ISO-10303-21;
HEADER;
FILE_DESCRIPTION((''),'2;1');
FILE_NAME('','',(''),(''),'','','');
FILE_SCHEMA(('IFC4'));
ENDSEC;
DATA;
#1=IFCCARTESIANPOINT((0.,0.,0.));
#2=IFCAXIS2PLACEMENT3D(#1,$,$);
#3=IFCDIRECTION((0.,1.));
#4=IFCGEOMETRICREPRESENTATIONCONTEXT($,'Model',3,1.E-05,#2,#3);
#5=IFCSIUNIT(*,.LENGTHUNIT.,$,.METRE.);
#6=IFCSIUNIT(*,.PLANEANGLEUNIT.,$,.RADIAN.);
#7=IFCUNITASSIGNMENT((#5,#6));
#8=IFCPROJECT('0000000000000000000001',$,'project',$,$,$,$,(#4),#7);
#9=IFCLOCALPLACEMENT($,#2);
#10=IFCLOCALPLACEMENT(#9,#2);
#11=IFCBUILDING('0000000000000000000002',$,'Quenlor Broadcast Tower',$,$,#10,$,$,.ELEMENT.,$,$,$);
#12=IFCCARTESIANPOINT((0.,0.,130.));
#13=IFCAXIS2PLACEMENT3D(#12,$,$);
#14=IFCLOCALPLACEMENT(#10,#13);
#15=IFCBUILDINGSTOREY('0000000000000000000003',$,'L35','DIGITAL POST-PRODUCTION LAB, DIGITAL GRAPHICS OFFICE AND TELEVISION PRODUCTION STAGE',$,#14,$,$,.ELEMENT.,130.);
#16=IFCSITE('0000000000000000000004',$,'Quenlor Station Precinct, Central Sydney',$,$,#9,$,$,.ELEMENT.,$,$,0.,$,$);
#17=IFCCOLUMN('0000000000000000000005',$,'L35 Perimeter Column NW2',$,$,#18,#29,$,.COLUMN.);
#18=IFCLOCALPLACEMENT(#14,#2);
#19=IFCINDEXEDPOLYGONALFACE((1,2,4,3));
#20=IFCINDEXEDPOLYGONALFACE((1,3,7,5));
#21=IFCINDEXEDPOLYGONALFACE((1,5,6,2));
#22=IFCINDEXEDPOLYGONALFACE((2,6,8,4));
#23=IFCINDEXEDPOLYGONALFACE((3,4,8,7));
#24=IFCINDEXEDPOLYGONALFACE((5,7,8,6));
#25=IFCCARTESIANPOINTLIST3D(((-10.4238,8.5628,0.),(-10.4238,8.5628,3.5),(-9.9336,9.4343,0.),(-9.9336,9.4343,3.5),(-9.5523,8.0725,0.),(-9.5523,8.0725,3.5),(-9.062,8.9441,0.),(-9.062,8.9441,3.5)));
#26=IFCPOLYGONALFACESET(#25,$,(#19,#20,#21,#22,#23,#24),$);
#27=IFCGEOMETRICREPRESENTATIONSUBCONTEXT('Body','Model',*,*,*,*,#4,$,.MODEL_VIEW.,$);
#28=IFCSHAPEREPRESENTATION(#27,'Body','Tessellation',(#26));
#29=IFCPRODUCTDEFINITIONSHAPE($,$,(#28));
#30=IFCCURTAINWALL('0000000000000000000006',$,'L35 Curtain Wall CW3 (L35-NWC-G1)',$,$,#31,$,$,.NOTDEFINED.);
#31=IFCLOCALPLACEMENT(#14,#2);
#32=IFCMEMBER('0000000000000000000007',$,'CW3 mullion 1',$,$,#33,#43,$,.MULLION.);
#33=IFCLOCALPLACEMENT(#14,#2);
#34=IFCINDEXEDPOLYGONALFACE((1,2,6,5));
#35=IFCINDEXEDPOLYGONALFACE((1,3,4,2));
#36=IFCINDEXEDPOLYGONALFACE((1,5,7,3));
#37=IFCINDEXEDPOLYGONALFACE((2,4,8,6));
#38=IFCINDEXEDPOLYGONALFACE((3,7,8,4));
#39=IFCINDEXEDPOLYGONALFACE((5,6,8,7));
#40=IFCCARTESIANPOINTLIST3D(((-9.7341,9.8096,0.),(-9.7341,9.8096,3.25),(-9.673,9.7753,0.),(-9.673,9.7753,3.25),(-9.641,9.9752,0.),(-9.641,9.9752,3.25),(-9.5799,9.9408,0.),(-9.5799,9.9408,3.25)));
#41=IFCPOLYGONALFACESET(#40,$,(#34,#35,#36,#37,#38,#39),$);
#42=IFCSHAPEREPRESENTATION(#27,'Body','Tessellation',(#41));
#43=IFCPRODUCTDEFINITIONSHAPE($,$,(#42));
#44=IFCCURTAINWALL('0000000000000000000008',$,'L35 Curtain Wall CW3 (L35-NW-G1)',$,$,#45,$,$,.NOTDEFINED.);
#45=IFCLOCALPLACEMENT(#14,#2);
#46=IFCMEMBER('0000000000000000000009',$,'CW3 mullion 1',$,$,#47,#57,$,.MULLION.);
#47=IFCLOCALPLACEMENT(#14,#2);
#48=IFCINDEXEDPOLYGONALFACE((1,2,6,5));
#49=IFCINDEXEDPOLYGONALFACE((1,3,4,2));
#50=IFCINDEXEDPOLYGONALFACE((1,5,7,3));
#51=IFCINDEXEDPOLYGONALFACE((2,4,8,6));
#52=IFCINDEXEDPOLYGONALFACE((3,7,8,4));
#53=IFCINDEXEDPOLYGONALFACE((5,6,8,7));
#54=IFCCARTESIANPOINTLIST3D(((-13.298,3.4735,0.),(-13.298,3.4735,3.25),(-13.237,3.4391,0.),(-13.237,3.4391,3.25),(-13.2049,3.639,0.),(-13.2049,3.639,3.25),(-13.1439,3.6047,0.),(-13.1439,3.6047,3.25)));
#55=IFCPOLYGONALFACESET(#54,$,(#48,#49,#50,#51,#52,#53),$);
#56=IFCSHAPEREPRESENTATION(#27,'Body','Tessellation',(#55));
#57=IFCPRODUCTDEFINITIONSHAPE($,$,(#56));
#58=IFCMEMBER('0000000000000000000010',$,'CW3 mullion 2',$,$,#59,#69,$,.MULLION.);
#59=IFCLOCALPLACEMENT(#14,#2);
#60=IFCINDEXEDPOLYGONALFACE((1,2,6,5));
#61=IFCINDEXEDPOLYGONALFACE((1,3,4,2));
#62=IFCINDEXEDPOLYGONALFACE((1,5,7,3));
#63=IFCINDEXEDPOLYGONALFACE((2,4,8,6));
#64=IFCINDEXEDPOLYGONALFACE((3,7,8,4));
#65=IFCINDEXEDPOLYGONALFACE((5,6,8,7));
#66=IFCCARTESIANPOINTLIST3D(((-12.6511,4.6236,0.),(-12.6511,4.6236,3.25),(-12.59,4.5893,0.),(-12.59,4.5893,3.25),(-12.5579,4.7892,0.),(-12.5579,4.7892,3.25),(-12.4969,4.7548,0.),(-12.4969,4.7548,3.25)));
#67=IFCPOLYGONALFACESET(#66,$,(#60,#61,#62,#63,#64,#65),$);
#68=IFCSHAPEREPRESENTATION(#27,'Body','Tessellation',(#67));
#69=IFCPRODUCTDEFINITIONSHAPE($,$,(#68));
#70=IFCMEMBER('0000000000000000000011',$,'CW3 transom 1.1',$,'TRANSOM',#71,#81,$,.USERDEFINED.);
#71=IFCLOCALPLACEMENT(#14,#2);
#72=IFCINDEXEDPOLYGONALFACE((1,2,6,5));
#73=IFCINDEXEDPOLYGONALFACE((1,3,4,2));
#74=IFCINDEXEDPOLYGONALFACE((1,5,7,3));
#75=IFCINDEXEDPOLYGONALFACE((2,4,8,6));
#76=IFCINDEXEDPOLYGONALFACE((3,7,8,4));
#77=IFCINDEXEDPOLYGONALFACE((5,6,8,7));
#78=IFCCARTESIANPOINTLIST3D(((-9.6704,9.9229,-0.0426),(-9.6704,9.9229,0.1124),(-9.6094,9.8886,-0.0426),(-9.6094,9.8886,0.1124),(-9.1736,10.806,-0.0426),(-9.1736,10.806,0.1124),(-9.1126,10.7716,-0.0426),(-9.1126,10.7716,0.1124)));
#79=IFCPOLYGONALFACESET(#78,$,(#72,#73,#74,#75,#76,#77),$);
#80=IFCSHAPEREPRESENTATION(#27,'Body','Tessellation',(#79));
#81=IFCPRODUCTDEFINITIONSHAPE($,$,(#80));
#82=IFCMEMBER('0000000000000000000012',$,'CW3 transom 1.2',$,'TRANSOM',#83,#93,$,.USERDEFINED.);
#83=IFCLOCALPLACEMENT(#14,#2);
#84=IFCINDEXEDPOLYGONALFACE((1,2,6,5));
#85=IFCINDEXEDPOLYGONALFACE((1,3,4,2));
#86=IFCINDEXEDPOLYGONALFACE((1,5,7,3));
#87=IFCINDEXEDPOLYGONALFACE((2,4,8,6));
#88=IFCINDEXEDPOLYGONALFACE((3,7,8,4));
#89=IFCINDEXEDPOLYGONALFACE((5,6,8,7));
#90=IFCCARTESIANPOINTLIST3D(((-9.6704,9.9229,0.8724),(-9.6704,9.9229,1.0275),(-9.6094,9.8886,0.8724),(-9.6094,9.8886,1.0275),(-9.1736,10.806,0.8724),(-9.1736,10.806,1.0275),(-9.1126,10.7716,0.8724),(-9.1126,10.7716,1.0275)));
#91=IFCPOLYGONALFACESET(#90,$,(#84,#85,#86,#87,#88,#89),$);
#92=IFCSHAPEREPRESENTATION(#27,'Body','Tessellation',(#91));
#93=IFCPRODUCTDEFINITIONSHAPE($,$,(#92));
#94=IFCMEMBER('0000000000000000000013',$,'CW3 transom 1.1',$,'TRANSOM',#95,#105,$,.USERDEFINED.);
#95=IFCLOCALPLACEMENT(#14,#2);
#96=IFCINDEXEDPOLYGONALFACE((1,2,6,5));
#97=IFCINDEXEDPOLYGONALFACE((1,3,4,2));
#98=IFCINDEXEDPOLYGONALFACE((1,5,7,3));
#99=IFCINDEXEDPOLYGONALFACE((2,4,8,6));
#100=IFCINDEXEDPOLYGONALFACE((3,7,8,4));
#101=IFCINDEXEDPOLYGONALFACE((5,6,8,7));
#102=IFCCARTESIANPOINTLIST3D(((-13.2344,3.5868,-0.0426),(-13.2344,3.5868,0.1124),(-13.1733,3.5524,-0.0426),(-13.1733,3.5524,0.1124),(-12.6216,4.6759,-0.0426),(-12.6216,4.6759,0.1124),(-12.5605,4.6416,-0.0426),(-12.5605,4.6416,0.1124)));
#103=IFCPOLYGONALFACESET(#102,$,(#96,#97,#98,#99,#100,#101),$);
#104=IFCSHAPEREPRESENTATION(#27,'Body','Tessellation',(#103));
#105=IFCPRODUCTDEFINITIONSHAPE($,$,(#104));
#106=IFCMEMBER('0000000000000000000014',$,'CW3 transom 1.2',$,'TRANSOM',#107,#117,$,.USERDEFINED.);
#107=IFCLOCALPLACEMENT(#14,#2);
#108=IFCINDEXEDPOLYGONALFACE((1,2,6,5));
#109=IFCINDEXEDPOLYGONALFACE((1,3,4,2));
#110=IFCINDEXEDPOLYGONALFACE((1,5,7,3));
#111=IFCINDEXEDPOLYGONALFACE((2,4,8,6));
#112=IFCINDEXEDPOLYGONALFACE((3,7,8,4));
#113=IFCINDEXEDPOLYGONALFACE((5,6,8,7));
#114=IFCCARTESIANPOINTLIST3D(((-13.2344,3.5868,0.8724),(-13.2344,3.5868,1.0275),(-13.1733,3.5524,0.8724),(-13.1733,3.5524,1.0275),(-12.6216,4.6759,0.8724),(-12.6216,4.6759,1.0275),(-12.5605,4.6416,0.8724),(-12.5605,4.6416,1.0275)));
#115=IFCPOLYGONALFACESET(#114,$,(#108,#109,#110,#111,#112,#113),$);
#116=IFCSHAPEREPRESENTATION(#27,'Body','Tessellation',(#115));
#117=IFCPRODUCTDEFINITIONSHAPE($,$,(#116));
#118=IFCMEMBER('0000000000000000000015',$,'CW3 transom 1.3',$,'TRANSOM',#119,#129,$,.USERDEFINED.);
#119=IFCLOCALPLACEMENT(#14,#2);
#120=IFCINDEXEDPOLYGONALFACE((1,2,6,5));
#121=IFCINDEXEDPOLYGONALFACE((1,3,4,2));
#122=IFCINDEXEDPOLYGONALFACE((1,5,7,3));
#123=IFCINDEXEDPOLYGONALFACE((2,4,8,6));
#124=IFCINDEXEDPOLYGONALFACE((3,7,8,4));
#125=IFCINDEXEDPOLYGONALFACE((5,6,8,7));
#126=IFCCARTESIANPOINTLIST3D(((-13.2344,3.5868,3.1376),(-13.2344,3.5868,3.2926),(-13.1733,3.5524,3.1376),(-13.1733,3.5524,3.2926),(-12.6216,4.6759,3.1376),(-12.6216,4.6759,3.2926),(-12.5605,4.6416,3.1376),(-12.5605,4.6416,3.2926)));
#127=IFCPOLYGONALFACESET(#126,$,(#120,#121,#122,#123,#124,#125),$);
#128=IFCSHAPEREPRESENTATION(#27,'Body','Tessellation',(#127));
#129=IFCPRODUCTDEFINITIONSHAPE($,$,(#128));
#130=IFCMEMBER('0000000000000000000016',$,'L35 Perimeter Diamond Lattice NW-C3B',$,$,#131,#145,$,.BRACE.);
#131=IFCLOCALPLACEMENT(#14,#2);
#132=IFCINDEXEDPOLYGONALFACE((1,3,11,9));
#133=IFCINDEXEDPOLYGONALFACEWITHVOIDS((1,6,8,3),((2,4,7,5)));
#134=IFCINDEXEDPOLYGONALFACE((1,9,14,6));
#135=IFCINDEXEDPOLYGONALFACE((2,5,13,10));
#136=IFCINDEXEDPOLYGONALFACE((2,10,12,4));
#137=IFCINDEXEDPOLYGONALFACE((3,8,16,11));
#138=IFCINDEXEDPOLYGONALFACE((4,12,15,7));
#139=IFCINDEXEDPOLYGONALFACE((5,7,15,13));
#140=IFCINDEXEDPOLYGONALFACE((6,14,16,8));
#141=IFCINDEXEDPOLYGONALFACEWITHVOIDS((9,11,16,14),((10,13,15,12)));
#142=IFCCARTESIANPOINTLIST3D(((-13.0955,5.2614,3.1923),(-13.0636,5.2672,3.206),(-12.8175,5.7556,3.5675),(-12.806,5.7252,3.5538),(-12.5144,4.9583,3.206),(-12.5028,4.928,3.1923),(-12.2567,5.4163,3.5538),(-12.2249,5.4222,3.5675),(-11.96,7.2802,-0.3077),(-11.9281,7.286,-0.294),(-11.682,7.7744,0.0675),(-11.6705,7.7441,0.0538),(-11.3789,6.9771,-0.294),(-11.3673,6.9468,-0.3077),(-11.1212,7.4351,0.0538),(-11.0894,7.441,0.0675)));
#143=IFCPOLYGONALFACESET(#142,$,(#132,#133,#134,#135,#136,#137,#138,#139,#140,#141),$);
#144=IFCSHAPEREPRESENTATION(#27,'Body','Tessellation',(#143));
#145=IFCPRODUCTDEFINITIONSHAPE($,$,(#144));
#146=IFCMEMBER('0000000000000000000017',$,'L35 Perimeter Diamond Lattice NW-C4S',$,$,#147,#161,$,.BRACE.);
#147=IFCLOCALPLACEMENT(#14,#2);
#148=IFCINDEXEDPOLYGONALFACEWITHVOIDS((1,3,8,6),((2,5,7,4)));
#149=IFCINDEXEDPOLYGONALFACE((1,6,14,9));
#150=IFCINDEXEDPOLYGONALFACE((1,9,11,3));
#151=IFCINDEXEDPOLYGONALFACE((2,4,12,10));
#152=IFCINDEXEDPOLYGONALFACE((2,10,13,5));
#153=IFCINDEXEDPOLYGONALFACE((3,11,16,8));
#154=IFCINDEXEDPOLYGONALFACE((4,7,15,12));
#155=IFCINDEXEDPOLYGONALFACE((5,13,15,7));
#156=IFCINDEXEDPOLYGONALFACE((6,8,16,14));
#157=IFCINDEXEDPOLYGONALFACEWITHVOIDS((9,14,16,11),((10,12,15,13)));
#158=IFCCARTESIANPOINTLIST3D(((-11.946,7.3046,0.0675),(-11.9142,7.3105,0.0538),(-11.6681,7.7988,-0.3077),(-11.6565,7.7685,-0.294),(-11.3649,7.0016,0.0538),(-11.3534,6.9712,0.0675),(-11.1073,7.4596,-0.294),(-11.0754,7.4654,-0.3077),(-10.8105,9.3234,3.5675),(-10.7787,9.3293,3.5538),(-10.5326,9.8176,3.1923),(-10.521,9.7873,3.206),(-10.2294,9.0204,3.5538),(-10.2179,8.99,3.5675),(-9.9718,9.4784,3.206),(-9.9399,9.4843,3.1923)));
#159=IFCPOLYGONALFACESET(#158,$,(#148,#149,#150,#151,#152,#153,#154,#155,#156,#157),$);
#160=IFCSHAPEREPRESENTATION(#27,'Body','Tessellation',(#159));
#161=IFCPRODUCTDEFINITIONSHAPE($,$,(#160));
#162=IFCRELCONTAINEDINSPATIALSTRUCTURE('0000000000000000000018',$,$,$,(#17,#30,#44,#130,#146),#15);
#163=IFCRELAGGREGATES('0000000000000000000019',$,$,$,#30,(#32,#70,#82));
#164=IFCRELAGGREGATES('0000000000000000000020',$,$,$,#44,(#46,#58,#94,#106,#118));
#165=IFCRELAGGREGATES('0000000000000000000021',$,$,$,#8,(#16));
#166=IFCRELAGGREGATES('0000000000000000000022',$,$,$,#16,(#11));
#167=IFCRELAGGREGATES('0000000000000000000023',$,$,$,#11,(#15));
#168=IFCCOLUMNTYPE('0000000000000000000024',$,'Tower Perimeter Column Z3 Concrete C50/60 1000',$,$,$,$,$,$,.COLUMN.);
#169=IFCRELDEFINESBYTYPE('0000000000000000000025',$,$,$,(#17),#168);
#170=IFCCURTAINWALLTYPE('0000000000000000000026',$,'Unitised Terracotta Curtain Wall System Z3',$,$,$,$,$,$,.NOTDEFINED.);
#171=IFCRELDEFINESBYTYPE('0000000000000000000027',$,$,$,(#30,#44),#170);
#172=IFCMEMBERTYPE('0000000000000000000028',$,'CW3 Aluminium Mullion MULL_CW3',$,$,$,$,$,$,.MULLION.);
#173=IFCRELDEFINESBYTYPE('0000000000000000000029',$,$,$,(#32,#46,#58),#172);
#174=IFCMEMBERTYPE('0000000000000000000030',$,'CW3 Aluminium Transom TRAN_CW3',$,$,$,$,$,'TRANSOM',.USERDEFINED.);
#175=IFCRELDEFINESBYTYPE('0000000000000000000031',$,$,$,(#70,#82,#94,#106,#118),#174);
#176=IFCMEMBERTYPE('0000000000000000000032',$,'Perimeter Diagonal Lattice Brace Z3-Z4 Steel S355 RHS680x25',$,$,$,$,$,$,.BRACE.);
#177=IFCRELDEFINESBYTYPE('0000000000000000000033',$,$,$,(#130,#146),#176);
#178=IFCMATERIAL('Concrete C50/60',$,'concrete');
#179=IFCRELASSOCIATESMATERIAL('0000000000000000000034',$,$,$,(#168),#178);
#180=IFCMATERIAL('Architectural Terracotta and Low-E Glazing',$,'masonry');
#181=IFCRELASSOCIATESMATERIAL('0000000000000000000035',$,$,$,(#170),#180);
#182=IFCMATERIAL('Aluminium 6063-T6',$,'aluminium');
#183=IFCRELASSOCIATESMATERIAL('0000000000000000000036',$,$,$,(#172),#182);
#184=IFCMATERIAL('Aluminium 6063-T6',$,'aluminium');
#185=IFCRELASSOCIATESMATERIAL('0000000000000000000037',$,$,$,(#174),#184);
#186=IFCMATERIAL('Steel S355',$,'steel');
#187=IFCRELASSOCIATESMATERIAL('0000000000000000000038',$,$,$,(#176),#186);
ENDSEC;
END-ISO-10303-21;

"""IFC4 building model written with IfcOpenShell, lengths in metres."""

from ifc_helpers import new_model, si_unit, direction, frame, origin, origin_2d, place, context, subcontext, project, spatial, rectangle, hollow_rectangle, extrude, material, material_profile, profile_set, type_object, element, aggregate, save


model = new_model("IFC4")

# Units and contexts
model_context = context("Model", 3, precision=1e-05, world=origin(), true_north=direction((0.0, 1.0)))
body_context = subcontext(model_context, "Body", "Model", "MODEL_VIEW")
ifc_project = project(units=[si_unit("LENGTHUNIT", "METRE"), si_unit("PLANEANGLEUNIT", "RADIAN")], contexts=[model_context])

# Site, building, storey
site_placement = place(None, origin())
site = spatial("IfcSite", under=ifc_project, at=site_placement, Name="Quenlor Station Precinct, Central Sydney", CompositionType="ELEMENT", RefElevation=0.0)
building_placement = place(site_placement, origin())
building = spatial("IfcBuilding", under=site, at=building_placement, Name="Quenlor Broadcast Tower", CompositionType="ELEMENT")
storey_placement = place(building_placement, frame((0.0, 0.0, 130.0)))
storey = spatial("IfcBuildingStorey", under=building, at=storey_placement, Name="L35", Description="DIGITAL POST-PRODUCTION LAB, DIGITAL GRAPHICS OFFICE AND TELEVISION PRODUCTION STAGE", CompositionType="ELEMENT", Elevation=130.0)

# Column
ifc_material_1 = material(Name="Concrete C50/60", Category="concrete")
ifc_material_profile_1 = material_profile(ifc_material_1, rectangle(XDim=1.0, YDim=1.0, at=origin_2d()))
ifc_profile_set_1 = profile_set([ifc_material_profile_1], Name="Concrete C50/60 RC1000x1000")
column_type = type_object("IfcColumnType", Name="Tower Perimeter Column Z3 Concrete C50/60 1000", PredefinedType="COLUMN", material=ifc_profile_set_1)
column_placement = place(storey_placement, frame((-9.7429, 8.7534, 0.0), z_axis=(0.0, 0.0, 1.0), x_axis=(-0.871575, 0.490262, 0.0)))
element("IfcColumn", 1, at=column_placement, inside=storey, type_object=column_type, Name="L35 Perimeter Column NW2", PredefinedType="COLUMN", context=body_context, shape_type="SweptSolid", body=[
    extrude(rectangle(XDim=1.0, YDim=1.0, at=origin_2d()), origin(), (0.0, 0.0, 1.0), 3.5),
])

# Curtain wall, member
ifc_material_2 = material(Name="Architectural Terracotta and Low-E Glazing", Category="masonry")
curtain_wall_type = type_object("IfcCurtainWallType", Name="Unitised Terracotta Curtain Wall System Z3", PredefinedType="NOTDEFINED", material=ifc_material_2)
curtain_wall_1_placement = place(storey_placement, origin())
curtain_wall_1 = element("IfcCurtainWall", 2, at=curtain_wall_1_placement, inside=storey, type_object=curtain_wall_type, Name="L35 Curtain Wall CW3 (L35-NWC-G1)", PredefinedType="NOTDEFINED")
ifc_material_3 = material(Name="Aluminium 6063-T6", Category="aluminium")
ifc_material_profile_2 = material_profile(ifc_material_3, rectangle(XDim=0.0701, YDim=0.1899, at=origin_2d()))
ifc_profile_set_2 = profile_set([ifc_material_profile_2], Name="Aluminium 6063-T6 MULL70x190")
member_type_1 = type_object("IfcMemberType", Name="CW3 Aluminium Mullion MULL_CW3", PredefinedType="MULLION", material=ifc_profile_set_2)
member_1_placement = place(storey_placement, frame((-9.657, 9.8752, 0.0), z_axis=(0.0, 0.0, 1.0), x_axis=(-0.871601, 0.490216, 0.0)))
member_1 = element("IfcMember", 3, at=member_1_placement, type_object=member_type_1, Name="CW3 mullion 1", PredefinedType="MULLION", context=body_context, shape_type="SweptSolid", body=[
    extrude(rectangle(XDim=0.0701, YDim=0.1899, at=origin_2d()), origin(), (0.0, 0.0, 1.0), 3.25),
])

# Curtain wall, members
curtain_wall_2_placement = place(storey_placement, origin())
curtain_wall_2 = element("IfcCurtainWall", 4, at=curtain_wall_2_placement, inside=storey, type_object=curtain_wall_type, Name="L35 Curtain Wall CW3 (L35-NW-G1)", PredefinedType="NOTDEFINED")
member_2_placement = place(storey_placement, frame((-13.2209, 3.5391, 0.0), z_axis=(0.0, 0.0, 1.0), x_axis=(-0.871562, 0.490285, 0.0)))
member_2 = element("IfcMember", 5, at=member_2_placement, type_object=member_type_1, Name="CW3 mullion 1", PredefinedType="MULLION", context=body_context, shape_type="SweptSolid", body=[
    extrude(rectangle(XDim=0.0701, YDim=0.1899, at=origin_2d()), origin(), (0.0, 0.0, 1.0), 3.25),
])
member_3_placement = place(storey_placement, frame((-12.574, 4.6892, 0.0), z_axis=(0.0, 0.0, 1.0), x_axis=(-0.871562, 0.490285, 0.0)))
member_3 = element("IfcMember", 6, at=member_3_placement, type_object=member_type_1, Name="CW3 mullion 2", PredefinedType="MULLION", context=body_context, shape_type="SweptSolid", body=[
    extrude(rectangle(XDim=0.0701, YDim=0.1899, at=origin_2d()), origin(), (0.0, 0.0, 1.0), 3.25),
])

# Members
ifc_material_4 = material(Name="Aluminium 6063-T6", Category="aluminium")
ifc_material_profile_3 = material_profile(ifc_material_4, rectangle(XDim=0.0701, YDim=0.155, at=origin_2d()))
ifc_profile_set_3 = profile_set([ifc_material_profile_3], Name="Aluminium 6063-T6 TRAN70x155")
member_type_2 = type_object("IfcMemberType", Name="CW3 Aluminium Transom TRAN_CW3", ElementType="TRANSOM", PredefinedType="USERDEFINED", material=ifc_profile_set_3)
member_4_placement = place(storey_placement, frame((-9.6399, 9.9058, 0.0349), z_axis=(0.490341, 0.87153, 0.0), x_axis=(-0.87153, 0.490341, 0.0)))
member_4 = element("IfcMember", 7, at=member_4_placement, type_object=member_type_2, Name="CW3 transom 1.1", ObjectType="TRANSOM", PredefinedType="USERDEFINED", context=body_context, shape_type="SweptSolid", body=[
    extrude(rectangle(XDim=0.0701, YDim=0.155, at=origin_2d()), origin(), (0.0, 0.0, 1.0), 1.0132),
])
member_5_placement = place(storey_placement, frame((-9.6399, 9.9058, 0.95), z_axis=(0.490341, 0.87153, 0.0), x_axis=(-0.87153, 0.490341, 0.0)))
member_5 = element("IfcMember", 8, at=member_5_placement, type_object=member_type_2, Name="CW3 transom 1.2", ObjectType="TRANSOM", PredefinedType="USERDEFINED", context=body_context, shape_type="SweptSolid", body=[
    extrude(rectangle(XDim=0.0701, YDim=0.155, at=origin_2d()), origin(), (0.0, 0.0, 1.0), 1.0132),
])
aggregate(curtain_wall_1, [member_1, member_4, member_5])
member_6_placement = place(storey_placement, frame((-13.2039, 3.5696, 0.0349), z_axis=(0.490363, 0.871518, 0.0), x_axis=(-0.871518, 0.490363, 0.0)))
member_6 = element("IfcMember", 9, at=member_6_placement, type_object=member_type_2, Name="CW3 transom 1.1", ObjectType="TRANSOM", PredefinedType="USERDEFINED", context=body_context, shape_type="SweptSolid", body=[
    extrude(rectangle(XDim=0.0701, YDim=0.155, at=origin_2d()), origin(), (0.0, 0.0, 1.0), 1.2498),
])
member_7_placement = place(storey_placement, frame((-13.2039, 3.5696, 0.95), z_axis=(0.490363, 0.871518, 0.0), x_axis=(-0.871518, 0.490363, 0.0)))
member_7 = element("IfcMember", 10, at=member_7_placement, type_object=member_type_2, Name="CW3 transom 1.2", ObjectType="TRANSOM", PredefinedType="USERDEFINED", context=body_context, shape_type="SweptSolid", body=[
    extrude(rectangle(XDim=0.0701, YDim=0.155, at=origin_2d()), origin(), (0.0, 0.0, 1.0), 1.2498),
])
member_8_placement = place(storey_placement, frame((-13.2039, 3.5696, 3.2151), z_axis=(0.490363, 0.871518, 0.0), x_axis=(-0.871518, 0.490363, 0.0)))
member_8 = element("IfcMember", 11, at=member_8_placement, type_object=member_type_2, Name="CW3 transom 1.3", ObjectType="TRANSOM", PredefinedType="USERDEFINED", context=body_context, shape_type="SweptSolid", body=[
    extrude(rectangle(XDim=0.0701, YDim=0.155, at=origin_2d()), origin(), (0.0, 0.0, 1.0), 1.2498),
])

# Members
ifc_material_5 = material(Name="Steel S355", Category="steel")
ifc_material_profile_4 = material_profile(ifc_material_5, hollow_rectangle(XDim=0.6799, YDim=0.6799, WallThickness=0.0249, at=origin_2d()))
ifc_profile_set_4 = profile_set([ifc_material_profile_4], Name="Steel S355 RHS680x680x25")
member_type_3 = type_object("IfcMemberType", Name="Perimeter Diagonal Lattice Brace Z3-Z4 Steel S355 RHS680x25", PredefinedType="BRACE", material=ifc_profile_set_4)
for number, where, z_axis, x_axis, name in (
    (12, (-11.5247, 7.3606, -0.1201), (-0.270549, -0.481009, 0.833927), (0.87159, -0.490236, 0.0), "L35 Perimeter Diamond Lattice NW-C3B"),
    (13, (-11.5107, 7.385, -0.1201), (0.270549, 0.481009, 0.833927), (-0.87159, 0.490236, 0.0), "L35 Perimeter Diamond Lattice NW-C4S"),
):
    element("IfcMember", number, at=place(storey_placement, frame(where, z_axis=z_axis, x_axis=x_axis)), inside=storey, type_object=member_type_3, Name=name, PredefinedType="BRACE", context=body_context, shape_type="SweptSolid", body=[
        extrude(hollow_rectangle(XDim=0.6799, YDim=0.6799, WallThickness=0.0249, at=origin_2d()), origin(), (0.0, 0.0, 1.0), 4.197),
    ])

aggregate(curtain_wall_2, [member_2, member_3, member_6, member_7, member_8])

save(model, "model.ifc")
